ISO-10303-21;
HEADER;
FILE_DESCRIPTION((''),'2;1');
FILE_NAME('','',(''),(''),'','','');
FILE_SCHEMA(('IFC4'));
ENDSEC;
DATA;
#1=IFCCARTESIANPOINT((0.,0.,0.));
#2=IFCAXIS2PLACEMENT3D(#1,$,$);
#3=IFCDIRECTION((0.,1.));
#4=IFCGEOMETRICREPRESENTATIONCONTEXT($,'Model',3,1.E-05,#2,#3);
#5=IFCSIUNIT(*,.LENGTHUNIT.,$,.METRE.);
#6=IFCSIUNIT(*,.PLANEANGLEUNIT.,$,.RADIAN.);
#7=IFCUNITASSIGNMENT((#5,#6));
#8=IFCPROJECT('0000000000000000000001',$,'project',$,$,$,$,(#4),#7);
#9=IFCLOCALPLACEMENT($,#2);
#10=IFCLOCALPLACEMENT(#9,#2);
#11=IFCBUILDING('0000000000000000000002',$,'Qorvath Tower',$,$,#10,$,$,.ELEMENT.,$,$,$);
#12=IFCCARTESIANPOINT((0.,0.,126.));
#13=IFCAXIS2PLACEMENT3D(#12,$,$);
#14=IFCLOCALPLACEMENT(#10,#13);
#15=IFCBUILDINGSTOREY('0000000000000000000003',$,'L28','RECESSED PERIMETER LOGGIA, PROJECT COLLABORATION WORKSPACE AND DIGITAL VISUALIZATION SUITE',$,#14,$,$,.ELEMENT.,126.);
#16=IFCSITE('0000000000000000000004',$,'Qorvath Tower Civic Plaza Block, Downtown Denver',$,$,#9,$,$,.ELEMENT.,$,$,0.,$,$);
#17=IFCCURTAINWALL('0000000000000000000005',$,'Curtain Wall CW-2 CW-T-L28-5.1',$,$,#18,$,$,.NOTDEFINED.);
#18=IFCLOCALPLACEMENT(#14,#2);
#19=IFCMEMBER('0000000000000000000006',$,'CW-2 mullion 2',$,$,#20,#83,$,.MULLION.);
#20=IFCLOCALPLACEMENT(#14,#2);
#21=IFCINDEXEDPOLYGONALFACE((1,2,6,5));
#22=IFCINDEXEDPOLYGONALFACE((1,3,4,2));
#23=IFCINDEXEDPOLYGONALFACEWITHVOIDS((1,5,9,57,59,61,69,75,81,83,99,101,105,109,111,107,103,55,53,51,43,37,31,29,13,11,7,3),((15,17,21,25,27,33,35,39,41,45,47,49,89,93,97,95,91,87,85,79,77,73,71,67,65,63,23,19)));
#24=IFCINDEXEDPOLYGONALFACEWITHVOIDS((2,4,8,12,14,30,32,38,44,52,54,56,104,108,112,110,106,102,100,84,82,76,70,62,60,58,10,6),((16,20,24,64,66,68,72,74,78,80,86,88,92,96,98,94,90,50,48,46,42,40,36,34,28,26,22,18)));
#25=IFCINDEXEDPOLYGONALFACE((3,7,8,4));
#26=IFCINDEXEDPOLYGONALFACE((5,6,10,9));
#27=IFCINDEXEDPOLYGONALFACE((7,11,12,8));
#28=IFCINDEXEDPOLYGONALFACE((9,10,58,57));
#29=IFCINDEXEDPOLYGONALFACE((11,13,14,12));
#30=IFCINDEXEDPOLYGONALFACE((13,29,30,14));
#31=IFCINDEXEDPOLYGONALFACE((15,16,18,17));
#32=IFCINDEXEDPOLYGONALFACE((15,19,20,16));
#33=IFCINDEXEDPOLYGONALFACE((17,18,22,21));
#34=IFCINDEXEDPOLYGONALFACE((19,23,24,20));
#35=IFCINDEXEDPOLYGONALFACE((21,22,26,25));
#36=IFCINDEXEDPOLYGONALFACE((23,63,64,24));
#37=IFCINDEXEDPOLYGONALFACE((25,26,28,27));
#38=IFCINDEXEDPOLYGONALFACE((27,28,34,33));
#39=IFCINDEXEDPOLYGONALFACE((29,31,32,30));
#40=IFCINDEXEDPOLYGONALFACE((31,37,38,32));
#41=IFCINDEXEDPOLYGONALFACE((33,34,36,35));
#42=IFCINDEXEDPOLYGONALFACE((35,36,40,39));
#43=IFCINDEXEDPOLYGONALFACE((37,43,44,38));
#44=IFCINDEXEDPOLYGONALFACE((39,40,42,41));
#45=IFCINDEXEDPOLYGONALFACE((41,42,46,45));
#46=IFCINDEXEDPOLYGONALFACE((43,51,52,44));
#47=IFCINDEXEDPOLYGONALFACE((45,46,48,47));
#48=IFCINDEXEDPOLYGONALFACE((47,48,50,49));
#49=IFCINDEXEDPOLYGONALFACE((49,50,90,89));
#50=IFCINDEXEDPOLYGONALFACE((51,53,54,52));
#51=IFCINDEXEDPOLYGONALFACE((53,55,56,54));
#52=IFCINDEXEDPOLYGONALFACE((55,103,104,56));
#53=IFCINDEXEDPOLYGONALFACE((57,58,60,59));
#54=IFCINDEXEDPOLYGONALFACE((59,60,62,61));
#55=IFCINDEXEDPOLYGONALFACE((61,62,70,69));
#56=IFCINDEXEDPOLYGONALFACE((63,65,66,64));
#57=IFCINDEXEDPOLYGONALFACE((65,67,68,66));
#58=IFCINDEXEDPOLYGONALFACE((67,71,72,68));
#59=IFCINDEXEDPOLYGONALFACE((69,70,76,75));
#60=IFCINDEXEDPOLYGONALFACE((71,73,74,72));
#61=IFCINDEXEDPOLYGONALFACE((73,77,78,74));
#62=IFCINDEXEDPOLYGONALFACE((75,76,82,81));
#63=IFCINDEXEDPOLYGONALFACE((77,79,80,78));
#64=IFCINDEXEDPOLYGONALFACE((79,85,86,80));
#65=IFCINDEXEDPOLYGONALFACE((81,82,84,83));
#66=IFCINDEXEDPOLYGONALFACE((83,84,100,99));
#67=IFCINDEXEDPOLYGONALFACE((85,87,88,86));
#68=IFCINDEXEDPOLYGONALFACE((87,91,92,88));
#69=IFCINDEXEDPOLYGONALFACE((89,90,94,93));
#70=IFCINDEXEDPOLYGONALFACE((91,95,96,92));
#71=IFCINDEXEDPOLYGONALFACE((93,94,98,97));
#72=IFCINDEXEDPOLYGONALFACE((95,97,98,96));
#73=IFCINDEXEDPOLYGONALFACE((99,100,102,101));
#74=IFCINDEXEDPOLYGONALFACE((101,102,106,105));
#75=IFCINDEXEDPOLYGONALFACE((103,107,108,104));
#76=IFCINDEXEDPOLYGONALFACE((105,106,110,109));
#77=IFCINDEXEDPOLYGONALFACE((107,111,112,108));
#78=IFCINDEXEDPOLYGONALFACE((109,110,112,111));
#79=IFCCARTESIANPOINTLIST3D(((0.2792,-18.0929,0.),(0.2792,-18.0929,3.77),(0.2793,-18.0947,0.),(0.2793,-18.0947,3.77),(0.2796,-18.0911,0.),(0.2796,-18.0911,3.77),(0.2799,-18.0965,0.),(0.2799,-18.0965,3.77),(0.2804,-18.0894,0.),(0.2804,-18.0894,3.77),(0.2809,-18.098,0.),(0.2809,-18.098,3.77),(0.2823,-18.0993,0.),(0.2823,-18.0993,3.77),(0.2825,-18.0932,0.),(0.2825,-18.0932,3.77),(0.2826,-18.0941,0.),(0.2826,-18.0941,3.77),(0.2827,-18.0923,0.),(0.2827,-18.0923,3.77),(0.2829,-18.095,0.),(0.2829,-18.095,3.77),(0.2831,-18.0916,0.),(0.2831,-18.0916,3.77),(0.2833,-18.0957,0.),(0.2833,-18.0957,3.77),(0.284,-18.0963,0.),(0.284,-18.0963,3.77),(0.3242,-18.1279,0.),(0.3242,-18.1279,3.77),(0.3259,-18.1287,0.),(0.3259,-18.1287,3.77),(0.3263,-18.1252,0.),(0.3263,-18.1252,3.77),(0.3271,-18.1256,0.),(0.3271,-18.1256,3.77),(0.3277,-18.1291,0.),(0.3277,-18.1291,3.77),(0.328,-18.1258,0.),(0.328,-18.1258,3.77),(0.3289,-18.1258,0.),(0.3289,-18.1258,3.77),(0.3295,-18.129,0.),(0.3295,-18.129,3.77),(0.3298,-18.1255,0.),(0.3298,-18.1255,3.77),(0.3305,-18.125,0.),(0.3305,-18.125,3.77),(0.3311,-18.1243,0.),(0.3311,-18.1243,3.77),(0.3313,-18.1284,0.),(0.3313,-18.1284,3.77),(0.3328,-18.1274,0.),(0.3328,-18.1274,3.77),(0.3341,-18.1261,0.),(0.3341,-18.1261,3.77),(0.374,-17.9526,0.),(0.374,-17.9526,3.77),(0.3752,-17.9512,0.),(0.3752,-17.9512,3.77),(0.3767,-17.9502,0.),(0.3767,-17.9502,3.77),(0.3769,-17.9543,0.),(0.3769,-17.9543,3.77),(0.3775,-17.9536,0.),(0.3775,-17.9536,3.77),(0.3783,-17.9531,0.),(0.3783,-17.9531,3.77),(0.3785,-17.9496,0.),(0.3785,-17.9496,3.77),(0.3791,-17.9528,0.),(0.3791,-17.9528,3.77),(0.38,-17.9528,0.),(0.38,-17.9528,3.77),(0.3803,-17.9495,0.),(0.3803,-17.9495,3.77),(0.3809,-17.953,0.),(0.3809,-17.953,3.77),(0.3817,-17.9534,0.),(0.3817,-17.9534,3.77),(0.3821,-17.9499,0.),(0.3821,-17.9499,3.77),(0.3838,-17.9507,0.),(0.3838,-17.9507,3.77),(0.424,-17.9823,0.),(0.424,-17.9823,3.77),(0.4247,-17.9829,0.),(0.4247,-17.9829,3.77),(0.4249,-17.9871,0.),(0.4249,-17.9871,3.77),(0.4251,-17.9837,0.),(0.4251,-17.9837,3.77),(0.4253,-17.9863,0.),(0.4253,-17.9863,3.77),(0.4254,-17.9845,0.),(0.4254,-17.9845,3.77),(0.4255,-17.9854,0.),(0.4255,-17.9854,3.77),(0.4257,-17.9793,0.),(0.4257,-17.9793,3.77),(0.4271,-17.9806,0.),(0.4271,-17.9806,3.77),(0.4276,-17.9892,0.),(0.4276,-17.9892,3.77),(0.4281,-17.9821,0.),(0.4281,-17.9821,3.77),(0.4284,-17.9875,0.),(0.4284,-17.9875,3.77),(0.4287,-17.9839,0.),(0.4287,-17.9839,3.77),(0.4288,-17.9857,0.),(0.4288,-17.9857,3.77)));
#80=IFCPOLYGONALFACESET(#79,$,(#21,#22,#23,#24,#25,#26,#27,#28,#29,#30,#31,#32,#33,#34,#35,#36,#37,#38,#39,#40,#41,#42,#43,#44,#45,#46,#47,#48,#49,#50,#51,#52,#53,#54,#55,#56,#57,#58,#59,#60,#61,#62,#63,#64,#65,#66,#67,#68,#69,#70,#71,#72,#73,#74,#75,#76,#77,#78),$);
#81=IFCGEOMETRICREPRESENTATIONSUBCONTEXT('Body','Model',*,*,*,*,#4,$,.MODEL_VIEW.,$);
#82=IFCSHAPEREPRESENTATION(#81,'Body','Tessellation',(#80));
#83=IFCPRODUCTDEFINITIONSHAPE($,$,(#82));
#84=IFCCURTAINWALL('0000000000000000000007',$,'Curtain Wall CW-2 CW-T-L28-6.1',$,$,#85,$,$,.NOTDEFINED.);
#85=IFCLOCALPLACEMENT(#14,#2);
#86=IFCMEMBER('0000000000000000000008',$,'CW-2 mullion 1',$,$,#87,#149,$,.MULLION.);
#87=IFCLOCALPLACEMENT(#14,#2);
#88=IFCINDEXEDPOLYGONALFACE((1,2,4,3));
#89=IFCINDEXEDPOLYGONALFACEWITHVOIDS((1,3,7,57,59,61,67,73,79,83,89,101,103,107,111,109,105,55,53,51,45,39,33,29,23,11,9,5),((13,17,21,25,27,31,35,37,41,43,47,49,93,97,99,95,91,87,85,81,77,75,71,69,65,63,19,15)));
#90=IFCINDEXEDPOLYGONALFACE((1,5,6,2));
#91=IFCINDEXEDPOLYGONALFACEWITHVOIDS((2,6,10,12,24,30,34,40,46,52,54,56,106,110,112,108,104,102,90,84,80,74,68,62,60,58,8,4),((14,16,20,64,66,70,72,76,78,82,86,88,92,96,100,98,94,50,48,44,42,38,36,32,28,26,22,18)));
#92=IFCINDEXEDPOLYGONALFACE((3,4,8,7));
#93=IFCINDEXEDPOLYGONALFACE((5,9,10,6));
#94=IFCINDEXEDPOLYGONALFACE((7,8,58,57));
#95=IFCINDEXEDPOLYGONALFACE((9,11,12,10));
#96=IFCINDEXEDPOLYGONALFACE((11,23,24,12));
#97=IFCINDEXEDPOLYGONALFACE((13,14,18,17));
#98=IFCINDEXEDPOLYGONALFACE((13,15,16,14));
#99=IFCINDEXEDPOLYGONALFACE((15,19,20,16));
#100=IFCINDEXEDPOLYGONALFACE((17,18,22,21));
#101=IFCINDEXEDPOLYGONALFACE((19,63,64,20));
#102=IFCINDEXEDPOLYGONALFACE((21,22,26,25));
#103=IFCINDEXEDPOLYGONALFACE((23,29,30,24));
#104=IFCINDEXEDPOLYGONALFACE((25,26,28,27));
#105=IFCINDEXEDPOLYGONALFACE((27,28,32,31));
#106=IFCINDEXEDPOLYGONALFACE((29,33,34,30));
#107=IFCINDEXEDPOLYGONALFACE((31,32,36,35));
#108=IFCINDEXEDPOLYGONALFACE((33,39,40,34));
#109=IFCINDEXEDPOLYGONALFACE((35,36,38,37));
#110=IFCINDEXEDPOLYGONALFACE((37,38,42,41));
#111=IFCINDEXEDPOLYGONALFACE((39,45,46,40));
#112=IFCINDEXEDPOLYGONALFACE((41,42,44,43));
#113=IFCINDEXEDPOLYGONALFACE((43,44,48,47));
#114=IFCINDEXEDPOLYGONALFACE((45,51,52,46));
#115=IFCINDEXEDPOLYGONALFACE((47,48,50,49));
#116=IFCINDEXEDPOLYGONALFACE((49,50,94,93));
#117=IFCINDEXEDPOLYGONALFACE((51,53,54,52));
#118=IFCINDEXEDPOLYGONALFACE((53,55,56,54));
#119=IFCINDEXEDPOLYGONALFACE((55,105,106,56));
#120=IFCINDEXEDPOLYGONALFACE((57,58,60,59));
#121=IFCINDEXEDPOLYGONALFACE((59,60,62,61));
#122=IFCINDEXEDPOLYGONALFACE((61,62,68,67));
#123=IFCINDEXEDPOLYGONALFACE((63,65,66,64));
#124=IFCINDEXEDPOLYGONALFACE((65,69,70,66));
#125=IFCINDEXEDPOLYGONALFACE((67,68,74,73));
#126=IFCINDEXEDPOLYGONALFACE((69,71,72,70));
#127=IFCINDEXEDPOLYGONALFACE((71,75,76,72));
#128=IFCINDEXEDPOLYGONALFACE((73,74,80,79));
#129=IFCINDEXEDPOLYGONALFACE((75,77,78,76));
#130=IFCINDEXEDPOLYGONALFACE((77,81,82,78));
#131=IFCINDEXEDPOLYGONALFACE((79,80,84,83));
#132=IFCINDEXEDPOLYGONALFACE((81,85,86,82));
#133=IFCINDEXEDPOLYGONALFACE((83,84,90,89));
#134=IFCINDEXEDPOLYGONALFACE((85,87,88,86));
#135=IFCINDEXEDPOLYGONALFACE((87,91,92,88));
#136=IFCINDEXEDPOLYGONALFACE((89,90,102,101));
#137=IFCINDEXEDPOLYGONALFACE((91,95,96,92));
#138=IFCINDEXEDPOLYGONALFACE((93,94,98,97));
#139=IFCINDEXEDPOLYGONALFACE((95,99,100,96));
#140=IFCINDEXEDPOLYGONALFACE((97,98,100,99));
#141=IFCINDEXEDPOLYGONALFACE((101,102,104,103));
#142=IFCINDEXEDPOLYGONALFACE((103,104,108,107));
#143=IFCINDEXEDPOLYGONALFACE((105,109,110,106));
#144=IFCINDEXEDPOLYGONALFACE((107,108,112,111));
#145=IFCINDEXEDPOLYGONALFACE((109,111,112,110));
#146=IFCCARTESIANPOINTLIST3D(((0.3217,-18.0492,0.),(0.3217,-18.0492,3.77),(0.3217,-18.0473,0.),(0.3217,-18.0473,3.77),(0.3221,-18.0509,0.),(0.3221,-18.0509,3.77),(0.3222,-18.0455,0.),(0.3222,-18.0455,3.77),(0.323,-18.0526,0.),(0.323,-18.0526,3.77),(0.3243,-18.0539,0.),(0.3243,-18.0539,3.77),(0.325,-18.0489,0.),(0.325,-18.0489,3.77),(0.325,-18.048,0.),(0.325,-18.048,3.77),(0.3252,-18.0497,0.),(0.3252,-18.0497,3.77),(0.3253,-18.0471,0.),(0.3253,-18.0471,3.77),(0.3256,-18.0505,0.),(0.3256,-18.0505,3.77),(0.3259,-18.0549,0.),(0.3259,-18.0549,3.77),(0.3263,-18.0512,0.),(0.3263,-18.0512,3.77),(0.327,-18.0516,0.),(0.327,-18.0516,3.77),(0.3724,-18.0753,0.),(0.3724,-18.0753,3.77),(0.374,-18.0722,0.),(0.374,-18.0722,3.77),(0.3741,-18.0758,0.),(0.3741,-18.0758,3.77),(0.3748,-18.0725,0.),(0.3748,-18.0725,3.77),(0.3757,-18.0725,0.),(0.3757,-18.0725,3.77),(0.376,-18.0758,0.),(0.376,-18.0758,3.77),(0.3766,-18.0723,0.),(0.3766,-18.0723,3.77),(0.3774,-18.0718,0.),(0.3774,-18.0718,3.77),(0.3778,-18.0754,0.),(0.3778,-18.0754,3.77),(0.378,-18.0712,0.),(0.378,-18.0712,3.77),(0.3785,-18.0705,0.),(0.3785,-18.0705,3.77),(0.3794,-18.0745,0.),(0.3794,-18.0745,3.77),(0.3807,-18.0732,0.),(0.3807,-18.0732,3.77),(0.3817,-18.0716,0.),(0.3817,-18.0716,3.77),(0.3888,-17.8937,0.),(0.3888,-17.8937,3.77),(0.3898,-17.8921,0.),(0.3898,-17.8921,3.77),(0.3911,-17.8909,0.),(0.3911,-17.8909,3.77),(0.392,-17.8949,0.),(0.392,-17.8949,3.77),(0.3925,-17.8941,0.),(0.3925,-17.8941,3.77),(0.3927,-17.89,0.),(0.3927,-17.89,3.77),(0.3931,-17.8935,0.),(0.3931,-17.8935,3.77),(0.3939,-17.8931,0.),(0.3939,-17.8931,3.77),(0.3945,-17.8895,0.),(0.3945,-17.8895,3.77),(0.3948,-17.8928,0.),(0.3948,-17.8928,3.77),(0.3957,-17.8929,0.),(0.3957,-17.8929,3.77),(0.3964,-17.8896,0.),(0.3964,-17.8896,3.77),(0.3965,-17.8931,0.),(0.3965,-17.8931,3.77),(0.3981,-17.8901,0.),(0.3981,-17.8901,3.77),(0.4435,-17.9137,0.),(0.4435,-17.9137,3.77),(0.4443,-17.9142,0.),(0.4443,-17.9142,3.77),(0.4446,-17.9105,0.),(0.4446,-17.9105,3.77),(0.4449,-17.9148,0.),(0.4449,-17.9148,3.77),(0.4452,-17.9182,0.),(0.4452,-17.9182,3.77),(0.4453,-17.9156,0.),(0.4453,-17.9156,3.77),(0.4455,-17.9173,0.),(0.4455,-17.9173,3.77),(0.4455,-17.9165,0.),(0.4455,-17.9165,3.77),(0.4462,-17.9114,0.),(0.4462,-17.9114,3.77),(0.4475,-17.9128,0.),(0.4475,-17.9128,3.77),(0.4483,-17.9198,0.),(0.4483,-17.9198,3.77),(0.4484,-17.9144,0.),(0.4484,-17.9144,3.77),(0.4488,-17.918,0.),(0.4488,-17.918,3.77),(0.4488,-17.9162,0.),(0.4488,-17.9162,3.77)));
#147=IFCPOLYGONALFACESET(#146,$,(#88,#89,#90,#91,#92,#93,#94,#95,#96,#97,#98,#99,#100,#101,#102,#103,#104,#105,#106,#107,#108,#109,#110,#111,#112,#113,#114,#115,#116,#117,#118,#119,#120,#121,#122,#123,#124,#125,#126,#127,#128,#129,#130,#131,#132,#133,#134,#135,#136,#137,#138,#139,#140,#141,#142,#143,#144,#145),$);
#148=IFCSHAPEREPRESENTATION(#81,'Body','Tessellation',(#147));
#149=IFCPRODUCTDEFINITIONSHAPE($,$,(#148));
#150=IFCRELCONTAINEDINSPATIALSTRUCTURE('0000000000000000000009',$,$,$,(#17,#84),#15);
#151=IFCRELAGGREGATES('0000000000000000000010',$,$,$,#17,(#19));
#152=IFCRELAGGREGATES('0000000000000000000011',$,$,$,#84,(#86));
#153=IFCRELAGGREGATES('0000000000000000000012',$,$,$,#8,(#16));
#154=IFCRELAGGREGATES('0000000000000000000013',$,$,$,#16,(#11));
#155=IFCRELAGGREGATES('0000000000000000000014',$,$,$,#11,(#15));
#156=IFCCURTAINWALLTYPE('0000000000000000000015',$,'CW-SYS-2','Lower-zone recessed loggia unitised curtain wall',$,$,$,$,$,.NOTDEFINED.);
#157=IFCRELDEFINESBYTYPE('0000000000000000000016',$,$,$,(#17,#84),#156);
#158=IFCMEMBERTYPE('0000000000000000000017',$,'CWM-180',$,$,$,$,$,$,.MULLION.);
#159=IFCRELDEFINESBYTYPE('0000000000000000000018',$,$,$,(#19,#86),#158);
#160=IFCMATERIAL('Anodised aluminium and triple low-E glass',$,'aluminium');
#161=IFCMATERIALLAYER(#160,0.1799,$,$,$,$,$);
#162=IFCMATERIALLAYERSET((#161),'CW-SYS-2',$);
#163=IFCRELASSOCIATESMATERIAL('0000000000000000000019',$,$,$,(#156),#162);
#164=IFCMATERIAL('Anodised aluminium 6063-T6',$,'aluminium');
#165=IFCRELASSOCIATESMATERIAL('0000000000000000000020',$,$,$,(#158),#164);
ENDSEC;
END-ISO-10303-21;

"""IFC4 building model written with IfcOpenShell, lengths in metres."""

from ifc_helpers import new_model, si_unit, direction, frame, origin, origin_2d, place, context, subcontext, project, spatial, hollow_rectangle, extrude, material, layer, layer_set, material_profile, profile_set, type_object, element, aggregate, save


model = new_model("IFC4")

# Units and contexts
model_context = context("Model", 3, precision=1e-05, world=origin(), true_north=direction((0.0, 1.0)))
body_context = subcontext(model_context, "Body", "Model", "MODEL_VIEW")
ifc_project = project(units=[si_unit("LENGTHUNIT", "METRE"), si_unit("PLANEANGLEUNIT", "RADIAN")], contexts=[model_context])

# Site, building, storey
site_placement = place(None, origin())
site = spatial("IfcSite", under=ifc_project, at=site_placement, Name="Qorvath Tower Civic Plaza Block, Downtown Denver", CompositionType="ELEMENT", RefElevation=0.0)
building_placement = place(site_placement, origin())
building = spatial("IfcBuilding", under=site, at=building_placement, Name="Qorvath Tower", CompositionType="ELEMENT")
storey_placement = place(building_placement, frame((0.0, 0.0, 126.0)))
storey = spatial("IfcBuildingStorey", under=building, at=storey_placement, Name="L28", Description="RECESSED PERIMETER LOGGIA, PROJECT COLLABORATION WORKSPACE AND DIGITAL VISUALIZATION SUITE", CompositionType="ELEMENT", Elevation=126.0)

# Curtain walls, members
ifc_material_1 = material(Name="Anodised aluminium and triple low-E glass", Category="aluminium")
ifc_layer_1 = layer(ifc_material_1, 0.1799)
ifc_layer_set_1 = layer_set([ifc_layer_1], Name="CW-SYS-2")
curtain_wall_type = type_object("IfcCurtainWallType", Name="CW-SYS-2", Description="Lower-zone recessed loggia unitised curtain wall", PredefinedType="NOTDEFINED", material=ifc_layer_set_1)
ifc_material_2 = material(Name="Anodised aluminium 6063-T6", Category="aluminium")
ifc_material_profile_1 = material_profile(ifc_material_2, hollow_rectangle(XDim=0.0649, YDim=0.1799, WallThickness=0.0034, InnerFilletRadius=0.0034, OuterFilletRadius=0.0071, at=origin_2d()), Name="CWM 180x65")
ifc_profile_set_1 = profile_set([ifc_material_profile_1], Name="Anodised aluminium 6063-T6")
member_type_1 = type_object("IfcMemberType", Name="CWM-180", PredefinedType="MULLION", material=ifc_profile_set_1)
curtain_wall_1_placement = place(storey_placement, origin())
curtain_wall_1 = element("IfcCurtainWall", 1, at=curtain_wall_1_placement, inside=storey, type_object=curtain_wall_type, Name="Curtain Wall CW-2 CW-T-L28-5.1", PredefinedType="NOTDEFINED")
member_1_placement = place(storey_placement, frame((0.354, -18.0393, 0.0), z_axis=(0.0, 0.0, 1.0), x_axis=(-0.825663, 0.564164, 0.0)))
member_1 = element("IfcMember", 2, at=member_1_placement, type_object=member_type_1, Name="CW-2 mullion 2", PredefinedType="MULLION", context=body_context, shape_type="SweptSolid", body=[
    extrude(hollow_rectangle(XDim=0.0649, YDim=0.1799, WallThickness=0.0034, InnerFilletRadius=0.0034, OuterFilletRadius=0.0071, at=origin_2d()), origin(), (0.0, 0.0, 1.0), 3.77),
])
curtain_wall_2_placement = place(storey_placement, origin())
curtain_wall_2 = element("IfcCurtainWall", 3, at=curtain_wall_2_placement, inside=storey, type_object=curtain_wall_type, Name="Curtain Wall CW-2 CW-T-L28-6.1", PredefinedType="NOTDEFINED")
member_2_placement = place(storey_placement, frame((0.3853, -17.9827, 0.0), z_axis=(0.0, 0.0, 1.0), x_axis=(-0.915794, 0.401649, 0.0)))
member_2 = element("IfcMember", 4, at=member_2_placement, type_object=member_type_1, Name="CW-2 mullion 1", PredefinedType="MULLION", context=body_context, shape_type="SweptSolid", body=[
    extrude(hollow_rectangle(XDim=0.0649, YDim=0.1799, WallThickness=0.0034, InnerFilletRadius=0.0034, OuterFilletRadius=0.0071, at=origin_2d()), origin(), (0.0, 0.0, 1.0), 3.77),
])

aggregate(curtain_wall_1, [member_1])
aggregate(curtain_wall_2, [member_2])

save(model, "model.ifc")
